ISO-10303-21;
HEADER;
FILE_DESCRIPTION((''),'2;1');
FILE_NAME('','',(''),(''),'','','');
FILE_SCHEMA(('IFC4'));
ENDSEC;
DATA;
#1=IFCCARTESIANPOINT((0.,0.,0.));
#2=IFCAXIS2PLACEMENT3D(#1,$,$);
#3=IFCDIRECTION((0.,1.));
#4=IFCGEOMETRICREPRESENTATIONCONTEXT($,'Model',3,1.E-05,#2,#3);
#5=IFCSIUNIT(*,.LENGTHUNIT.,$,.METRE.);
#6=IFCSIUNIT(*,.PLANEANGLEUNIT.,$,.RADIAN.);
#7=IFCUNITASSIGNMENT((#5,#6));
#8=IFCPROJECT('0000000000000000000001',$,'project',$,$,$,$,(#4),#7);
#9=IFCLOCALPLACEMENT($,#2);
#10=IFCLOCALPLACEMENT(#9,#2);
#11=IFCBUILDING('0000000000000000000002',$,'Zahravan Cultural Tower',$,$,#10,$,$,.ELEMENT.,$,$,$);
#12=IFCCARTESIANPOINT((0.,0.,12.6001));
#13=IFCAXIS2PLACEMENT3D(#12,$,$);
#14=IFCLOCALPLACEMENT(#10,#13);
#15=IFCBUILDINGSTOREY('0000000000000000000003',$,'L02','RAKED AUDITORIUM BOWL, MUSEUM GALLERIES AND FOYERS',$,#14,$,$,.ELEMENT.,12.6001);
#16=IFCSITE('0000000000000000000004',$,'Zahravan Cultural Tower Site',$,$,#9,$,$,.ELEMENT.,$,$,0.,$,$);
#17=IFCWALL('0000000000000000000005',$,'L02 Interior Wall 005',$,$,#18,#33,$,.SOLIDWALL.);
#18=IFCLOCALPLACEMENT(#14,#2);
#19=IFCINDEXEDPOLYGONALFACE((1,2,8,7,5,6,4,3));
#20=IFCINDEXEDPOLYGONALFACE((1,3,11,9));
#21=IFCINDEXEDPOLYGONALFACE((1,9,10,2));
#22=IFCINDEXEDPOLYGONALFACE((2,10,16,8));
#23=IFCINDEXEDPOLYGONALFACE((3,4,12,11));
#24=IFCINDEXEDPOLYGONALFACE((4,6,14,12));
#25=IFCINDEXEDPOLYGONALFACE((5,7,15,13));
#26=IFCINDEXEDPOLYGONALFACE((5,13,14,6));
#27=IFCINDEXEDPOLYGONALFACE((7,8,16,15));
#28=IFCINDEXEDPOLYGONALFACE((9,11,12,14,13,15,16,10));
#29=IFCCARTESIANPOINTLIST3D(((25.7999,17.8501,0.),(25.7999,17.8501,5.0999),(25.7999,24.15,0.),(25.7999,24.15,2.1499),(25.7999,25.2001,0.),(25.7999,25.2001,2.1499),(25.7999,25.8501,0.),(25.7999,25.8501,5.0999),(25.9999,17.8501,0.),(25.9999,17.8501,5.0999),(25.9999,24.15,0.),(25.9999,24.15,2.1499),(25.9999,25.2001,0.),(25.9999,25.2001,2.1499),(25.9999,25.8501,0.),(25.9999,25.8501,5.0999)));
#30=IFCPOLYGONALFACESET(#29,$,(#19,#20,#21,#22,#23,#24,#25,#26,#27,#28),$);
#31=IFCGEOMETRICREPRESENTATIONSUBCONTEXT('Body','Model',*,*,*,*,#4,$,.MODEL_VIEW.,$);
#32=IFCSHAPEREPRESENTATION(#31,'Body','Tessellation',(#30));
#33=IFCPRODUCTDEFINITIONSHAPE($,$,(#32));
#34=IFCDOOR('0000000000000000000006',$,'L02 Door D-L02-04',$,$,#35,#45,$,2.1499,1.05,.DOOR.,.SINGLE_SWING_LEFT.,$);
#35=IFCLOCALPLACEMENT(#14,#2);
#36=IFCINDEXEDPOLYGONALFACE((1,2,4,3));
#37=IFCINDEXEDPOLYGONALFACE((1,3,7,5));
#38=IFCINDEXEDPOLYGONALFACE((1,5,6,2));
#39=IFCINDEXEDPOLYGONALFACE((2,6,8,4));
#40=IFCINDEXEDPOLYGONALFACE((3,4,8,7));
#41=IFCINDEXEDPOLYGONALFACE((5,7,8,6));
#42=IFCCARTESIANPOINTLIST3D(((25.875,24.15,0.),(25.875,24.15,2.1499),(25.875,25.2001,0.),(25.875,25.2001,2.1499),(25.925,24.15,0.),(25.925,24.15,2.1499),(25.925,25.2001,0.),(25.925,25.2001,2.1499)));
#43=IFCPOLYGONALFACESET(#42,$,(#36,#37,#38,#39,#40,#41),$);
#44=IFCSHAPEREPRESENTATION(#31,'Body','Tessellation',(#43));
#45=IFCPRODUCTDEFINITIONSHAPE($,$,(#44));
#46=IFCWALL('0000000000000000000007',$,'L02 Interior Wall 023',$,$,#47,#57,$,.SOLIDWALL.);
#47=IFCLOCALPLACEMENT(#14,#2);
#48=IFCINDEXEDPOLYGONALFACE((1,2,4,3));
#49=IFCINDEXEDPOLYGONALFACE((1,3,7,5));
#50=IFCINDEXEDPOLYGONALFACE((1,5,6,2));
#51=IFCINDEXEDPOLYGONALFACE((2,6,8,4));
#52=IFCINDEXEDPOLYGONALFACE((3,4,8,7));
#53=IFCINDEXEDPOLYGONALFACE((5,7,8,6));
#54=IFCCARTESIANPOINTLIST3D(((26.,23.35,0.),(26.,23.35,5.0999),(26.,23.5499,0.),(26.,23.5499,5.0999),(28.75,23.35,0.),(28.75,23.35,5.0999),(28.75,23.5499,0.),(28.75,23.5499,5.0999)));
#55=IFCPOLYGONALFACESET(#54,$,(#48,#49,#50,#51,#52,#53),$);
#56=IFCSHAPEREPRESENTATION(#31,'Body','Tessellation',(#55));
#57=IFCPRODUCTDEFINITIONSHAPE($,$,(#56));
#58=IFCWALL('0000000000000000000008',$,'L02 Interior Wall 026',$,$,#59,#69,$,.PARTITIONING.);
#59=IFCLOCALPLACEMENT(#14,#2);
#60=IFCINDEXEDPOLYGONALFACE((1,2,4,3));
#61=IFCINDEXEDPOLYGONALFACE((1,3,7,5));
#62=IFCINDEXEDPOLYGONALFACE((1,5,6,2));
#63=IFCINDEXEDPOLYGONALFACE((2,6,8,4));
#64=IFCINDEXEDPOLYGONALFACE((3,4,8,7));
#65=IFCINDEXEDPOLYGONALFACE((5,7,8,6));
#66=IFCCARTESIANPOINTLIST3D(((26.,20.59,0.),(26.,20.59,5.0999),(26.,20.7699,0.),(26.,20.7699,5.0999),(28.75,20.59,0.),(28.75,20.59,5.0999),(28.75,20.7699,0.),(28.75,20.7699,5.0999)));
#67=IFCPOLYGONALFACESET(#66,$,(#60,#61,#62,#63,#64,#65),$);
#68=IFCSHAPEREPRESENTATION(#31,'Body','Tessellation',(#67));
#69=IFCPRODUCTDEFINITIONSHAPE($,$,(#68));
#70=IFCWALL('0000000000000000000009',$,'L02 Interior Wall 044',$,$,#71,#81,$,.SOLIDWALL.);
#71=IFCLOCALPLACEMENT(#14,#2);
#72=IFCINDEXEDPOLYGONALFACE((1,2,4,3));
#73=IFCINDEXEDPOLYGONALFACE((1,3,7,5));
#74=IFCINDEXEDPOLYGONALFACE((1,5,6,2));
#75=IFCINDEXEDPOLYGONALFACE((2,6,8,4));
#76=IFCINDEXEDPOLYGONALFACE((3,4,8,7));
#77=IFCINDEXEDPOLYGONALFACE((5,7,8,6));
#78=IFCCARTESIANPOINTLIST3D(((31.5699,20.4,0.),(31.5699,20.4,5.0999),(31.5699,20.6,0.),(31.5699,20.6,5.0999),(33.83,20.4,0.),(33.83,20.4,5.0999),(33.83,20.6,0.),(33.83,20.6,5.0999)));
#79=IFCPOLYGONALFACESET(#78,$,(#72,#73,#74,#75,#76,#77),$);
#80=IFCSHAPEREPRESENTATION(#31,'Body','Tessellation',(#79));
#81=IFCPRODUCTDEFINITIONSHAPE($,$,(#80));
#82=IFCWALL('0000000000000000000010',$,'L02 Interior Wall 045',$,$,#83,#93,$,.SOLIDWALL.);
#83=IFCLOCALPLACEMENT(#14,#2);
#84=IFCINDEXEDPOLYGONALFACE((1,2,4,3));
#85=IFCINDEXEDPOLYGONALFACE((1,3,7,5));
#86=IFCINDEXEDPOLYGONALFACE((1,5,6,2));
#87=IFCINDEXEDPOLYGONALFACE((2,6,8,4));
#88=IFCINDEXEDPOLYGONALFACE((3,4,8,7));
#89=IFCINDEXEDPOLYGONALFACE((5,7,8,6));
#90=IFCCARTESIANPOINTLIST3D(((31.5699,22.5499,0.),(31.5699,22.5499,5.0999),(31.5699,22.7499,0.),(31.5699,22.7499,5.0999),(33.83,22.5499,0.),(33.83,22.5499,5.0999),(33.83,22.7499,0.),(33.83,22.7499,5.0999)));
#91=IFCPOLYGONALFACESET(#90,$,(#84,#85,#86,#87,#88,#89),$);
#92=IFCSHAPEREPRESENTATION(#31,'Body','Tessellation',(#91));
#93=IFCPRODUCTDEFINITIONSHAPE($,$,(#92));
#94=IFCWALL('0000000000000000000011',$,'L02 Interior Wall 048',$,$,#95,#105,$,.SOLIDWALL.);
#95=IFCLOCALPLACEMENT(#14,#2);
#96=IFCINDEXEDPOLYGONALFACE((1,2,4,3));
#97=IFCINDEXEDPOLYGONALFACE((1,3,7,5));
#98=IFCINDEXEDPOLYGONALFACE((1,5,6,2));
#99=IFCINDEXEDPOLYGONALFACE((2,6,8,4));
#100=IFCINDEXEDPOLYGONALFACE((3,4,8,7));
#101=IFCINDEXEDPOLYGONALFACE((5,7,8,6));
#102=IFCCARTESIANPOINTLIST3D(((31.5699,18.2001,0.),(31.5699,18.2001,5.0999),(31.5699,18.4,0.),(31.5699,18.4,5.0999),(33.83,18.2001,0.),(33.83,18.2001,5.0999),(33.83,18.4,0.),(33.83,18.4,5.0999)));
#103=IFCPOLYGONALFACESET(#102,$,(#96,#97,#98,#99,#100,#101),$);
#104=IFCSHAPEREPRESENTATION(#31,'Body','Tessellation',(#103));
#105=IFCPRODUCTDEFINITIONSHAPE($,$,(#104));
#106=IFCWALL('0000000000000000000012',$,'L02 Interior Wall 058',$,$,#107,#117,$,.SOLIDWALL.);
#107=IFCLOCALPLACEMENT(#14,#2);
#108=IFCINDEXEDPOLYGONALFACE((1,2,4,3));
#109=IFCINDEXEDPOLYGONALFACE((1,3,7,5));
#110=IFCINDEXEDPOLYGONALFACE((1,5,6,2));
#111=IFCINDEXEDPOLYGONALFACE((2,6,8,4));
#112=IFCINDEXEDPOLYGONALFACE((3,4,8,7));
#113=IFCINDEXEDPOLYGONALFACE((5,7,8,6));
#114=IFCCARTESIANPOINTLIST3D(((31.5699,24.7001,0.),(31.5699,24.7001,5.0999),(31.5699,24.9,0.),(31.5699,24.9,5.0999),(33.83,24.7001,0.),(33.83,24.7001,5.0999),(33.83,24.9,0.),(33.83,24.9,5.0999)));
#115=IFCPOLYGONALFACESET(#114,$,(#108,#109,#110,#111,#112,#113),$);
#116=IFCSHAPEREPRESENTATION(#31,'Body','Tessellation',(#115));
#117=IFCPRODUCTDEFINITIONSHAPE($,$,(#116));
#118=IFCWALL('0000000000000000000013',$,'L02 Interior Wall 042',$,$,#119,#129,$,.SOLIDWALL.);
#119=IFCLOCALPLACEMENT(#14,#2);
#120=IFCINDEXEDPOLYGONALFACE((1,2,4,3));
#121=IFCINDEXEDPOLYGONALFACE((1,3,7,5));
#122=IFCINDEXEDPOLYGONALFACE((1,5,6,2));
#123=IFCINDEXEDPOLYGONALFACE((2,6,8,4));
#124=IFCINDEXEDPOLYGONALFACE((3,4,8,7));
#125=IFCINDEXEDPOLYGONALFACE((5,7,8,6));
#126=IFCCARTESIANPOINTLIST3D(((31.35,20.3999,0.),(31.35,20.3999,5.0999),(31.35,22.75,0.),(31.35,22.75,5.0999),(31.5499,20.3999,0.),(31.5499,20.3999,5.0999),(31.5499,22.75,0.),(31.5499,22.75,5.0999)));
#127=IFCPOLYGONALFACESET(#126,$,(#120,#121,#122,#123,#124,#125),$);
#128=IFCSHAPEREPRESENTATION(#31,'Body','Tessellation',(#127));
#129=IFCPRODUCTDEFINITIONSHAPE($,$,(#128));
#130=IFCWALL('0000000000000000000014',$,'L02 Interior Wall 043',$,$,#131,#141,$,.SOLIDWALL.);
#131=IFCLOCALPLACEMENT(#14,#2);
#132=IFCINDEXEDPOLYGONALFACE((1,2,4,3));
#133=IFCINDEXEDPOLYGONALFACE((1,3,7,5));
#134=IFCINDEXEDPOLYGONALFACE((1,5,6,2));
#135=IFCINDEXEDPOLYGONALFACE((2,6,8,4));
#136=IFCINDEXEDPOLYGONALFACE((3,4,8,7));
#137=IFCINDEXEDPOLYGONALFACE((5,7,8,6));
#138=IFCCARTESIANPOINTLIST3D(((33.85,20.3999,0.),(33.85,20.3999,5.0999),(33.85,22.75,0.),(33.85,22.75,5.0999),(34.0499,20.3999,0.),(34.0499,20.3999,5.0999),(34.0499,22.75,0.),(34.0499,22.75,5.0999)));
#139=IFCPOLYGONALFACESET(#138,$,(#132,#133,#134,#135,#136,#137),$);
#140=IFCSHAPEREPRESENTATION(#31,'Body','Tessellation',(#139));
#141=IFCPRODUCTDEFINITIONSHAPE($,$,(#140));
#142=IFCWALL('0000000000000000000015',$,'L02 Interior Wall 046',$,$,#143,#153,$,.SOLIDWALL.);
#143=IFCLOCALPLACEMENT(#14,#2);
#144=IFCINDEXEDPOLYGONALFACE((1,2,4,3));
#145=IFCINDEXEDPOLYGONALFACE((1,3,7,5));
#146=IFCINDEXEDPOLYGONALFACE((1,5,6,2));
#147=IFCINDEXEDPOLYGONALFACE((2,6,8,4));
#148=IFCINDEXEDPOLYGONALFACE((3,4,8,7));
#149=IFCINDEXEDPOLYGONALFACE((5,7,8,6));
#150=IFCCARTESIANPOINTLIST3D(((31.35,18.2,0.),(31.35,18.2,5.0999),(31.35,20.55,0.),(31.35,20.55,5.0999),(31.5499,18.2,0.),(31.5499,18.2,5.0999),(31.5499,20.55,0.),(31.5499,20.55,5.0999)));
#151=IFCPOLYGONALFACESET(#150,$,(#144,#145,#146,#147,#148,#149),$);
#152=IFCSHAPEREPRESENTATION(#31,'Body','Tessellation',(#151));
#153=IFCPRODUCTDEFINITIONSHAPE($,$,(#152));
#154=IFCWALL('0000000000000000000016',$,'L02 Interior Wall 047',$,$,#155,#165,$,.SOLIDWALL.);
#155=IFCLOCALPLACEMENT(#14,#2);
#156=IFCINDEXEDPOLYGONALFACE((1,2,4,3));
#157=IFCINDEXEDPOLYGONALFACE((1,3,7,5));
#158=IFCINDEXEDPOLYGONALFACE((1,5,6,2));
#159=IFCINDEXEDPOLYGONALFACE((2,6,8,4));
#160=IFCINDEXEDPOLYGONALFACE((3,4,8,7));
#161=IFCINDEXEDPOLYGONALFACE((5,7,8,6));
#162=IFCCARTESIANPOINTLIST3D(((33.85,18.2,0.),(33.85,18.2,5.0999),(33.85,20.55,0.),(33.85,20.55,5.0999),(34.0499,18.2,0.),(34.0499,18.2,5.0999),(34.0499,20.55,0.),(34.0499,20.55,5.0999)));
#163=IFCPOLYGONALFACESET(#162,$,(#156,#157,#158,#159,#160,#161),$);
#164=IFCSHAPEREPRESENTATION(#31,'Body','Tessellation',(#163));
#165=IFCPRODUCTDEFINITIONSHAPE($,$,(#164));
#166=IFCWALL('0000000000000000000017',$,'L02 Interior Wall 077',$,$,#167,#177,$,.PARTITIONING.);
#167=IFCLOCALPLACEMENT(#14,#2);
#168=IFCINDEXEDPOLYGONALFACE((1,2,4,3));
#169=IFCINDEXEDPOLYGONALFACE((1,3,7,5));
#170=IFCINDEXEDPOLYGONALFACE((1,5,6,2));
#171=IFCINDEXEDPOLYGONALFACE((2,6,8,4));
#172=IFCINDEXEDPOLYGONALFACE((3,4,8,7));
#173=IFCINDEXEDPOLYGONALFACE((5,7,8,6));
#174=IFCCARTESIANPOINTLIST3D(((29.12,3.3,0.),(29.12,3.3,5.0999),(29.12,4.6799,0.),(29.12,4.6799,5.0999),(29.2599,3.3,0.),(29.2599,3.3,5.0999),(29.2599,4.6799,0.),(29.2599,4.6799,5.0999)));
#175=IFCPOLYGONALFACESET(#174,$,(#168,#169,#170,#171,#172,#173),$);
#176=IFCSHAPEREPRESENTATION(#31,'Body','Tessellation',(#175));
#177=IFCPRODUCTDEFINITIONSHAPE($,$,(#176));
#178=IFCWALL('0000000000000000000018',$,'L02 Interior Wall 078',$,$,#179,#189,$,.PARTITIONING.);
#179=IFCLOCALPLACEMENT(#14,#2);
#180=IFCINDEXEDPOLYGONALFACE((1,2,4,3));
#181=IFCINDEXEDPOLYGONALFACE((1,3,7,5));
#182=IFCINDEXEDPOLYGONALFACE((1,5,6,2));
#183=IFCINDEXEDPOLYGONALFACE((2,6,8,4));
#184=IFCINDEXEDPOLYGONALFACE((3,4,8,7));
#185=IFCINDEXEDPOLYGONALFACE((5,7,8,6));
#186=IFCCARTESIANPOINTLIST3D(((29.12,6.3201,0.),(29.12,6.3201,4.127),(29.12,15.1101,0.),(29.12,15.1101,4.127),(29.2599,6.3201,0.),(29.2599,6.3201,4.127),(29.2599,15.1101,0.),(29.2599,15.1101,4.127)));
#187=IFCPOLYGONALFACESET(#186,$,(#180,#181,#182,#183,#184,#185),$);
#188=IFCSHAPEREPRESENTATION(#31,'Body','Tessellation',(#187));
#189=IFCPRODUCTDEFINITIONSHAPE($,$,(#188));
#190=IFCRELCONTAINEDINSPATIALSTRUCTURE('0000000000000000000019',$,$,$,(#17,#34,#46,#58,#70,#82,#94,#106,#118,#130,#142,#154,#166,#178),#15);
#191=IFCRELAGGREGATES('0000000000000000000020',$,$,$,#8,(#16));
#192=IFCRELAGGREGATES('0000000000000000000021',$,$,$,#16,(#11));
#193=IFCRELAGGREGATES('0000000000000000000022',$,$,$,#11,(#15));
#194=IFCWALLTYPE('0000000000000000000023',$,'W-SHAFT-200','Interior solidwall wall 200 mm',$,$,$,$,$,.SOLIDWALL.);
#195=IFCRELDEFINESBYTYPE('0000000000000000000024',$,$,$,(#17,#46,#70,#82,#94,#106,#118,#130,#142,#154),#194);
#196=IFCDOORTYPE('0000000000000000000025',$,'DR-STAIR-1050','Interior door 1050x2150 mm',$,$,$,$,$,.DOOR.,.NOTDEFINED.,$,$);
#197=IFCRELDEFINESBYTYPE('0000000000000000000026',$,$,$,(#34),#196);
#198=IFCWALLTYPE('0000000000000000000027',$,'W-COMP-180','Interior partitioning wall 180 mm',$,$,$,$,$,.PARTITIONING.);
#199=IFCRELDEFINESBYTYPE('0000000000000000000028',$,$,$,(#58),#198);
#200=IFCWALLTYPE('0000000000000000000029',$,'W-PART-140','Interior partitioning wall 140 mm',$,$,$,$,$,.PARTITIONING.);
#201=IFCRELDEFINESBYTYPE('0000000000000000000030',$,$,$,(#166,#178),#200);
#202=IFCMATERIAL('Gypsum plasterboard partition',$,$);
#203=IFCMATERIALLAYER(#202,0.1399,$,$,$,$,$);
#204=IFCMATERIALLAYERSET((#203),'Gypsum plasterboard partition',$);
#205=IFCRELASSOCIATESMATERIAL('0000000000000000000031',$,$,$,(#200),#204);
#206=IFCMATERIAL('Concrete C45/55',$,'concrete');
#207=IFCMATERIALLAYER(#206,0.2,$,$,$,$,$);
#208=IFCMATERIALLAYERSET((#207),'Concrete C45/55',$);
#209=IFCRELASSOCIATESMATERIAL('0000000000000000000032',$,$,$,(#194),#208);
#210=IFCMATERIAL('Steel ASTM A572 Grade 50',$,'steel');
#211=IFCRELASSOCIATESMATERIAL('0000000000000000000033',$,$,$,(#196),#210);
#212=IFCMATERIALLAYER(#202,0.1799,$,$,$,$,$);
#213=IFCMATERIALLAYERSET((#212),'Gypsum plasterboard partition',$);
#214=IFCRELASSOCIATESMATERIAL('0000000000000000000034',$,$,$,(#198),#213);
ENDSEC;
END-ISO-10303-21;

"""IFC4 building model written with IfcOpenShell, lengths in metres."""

from ifc_helpers import new_model, si_unit, direction, frame, frame_2d, origin, place, context, subcontext, project, spatial, rectangle, extrude, source, transform, mapped, material, layer, layer_set, type_object, element, fill, save


model = new_model("IFC4")

# Units and contexts
model_context = context("Model", 3, precision=1e-05, world=origin(), true_north=direction((0.0, 1.0)))
body_context = subcontext(model_context, "Body", "Model", "MODEL_VIEW")
ifc_project = project(units=[si_unit("LENGTHUNIT", "METRE"), si_unit("PLANEANGLEUNIT", "RADIAN")], contexts=[model_context])

# Site, building, storey
site_placement = place(None, origin())
site = spatial("IfcSite", under=ifc_project, at=site_placement, Name="Zahravan Cultural Tower Site", CompositionType="ELEMENT", RefElevation=0.0)
building_placement = place(site_placement, origin())
building = spatial("IfcBuilding", under=site, at=building_placement, Name="Zahravan Cultural Tower", CompositionType="ELEMENT")
storey_placement = place(building_placement, frame((0.0, 0.0, 12.6001)))
storey = spatial("IfcBuildingStorey", under=building, at=storey_placement, Name="L02", Description="RAKED AUDITORIUM BOWL, MUSEUM GALLERIES AND FOYERS", CompositionType="ELEMENT", Elevation=12.6001)

# Shared definitions
ifc_material_1 = material(Name="Steel ASTM A572 Grade 50", Category="steel")

# Wall, opening, door
ifc_material_2 = material(Name="Gypsum plasterboard partition")
ifc_layer_1 = layer(ifc_material_2, 0.1399)
ifc_layer_set_1 = layer_set([ifc_layer_1], Name="Gypsum plasterboard partition")
wall_type_1 = type_object("IfcWallType", Name="W-PART-140", Description="Interior partitioning wall 140 mm", PredefinedType="PARTITIONING", material=ifc_layer_set_1)
ifc_material_3 = material(Name="Concrete C45/55", Category="concrete")
ifc_layer_2 = layer(ifc_material_3, 0.2)
ifc_layer_set_2 = layer_set([ifc_layer_2], Name="Concrete C45/55")
wall_type_2 = type_object("IfcWallType", Name="W-SHAFT-200", Description="Interior solidwall wall 200 mm", PredefinedType="SOLIDWALL", material=ifc_layer_set_2)
wall_1_placement = place(storey_placement, frame((25.8999, 17.8501, 0.0), z_axis=(0.0, 0.0, 1.0), x_axis=(0.0, 1.0, 0.0)))
wall_1 = element("IfcWall", 1, at=wall_1_placement, inside=storey, type_object=wall_type_2, Name="L02 Interior Wall 005", PredefinedType="SOLIDWALL", context=body_context, shape_type="SweptSolid", body=[
    extrude(rectangle(XDim=8.0, YDim=0.2, at=frame_2d((4.0, 0.0))), origin(), (0.0, 0.0, 1.0), 5.0999),
])
opening_1_placement = place(wall_1_placement, frame((6.3, 0.0, 0.0)))
opening_1 = element("IfcOpeningElement", 2, at=opening_1_placement, cuts=wall_1, PredefinedType="OPENING", context=body_context, shape_type="SweptSolid", body=[
    extrude(rectangle(XDim=1.05, YDim=2.1499, at=frame_2d((0.5249, 1.075))), frame((0.0, 0.1099, 0.0), z_axis=(0.0, -1.0, 0.0), x_axis=(1.0, 0.0, 0.0)), (0.0, 0.0, 1.0), 0.22),
])
door_type_1 = type_object("IfcDoorType", Name="DR-STAIR-1050", Description="Interior door 1050x2150 mm", OperationType="NOTDEFINED", PredefinedType="DOOR", material=ifc_material_1)
shared_shape_1 = source(origin(), body_context, "Body", "SweptSolid", [
    extrude(rectangle(XDim=1.05, YDim=2.1499, at=frame_2d((0.5249, 1.075))), frame((0.0, 0.0249, 0.0), z_axis=(0.0, -1.0, 0.0), x_axis=(1.0, 0.0, 0.0)), (0.0, 0.0, 1.0), 0.05),
])
door_1_placement = place(opening_1_placement, origin())
door_1 = element("IfcDoor", 3, at=door_1_placement, inside=storey, type_object=door_type_1, Name="L02 Door D-L02-04", OperationType="SINGLE_SWING_LEFT", OverallHeight=2.1499, OverallWidth=1.05, PredefinedType="DOOR", context=body_context, shape_type="MappedRepresentation", body=[
    mapped(shared_shape_1, transform((0.0, 0.0, 0.0), x_axis=(1.0, 0.0, 0.0), y_axis=(0.0, 1.0, 0.0), z_axis=(0.0, 0.0, 1.0), scale=1.0)),
])
fill(opening_1, door_1)

# Walls
shared_shape_2 = source(origin(), body_context, "Body", "SweptSolid", [
    extrude(rectangle(XDim=2.75, YDim=0.2, at=frame_2d((1.375, 0.0))), origin(), (0.0, 0.0, 1.0), 5.0999),
])
wall_2_placement = place(storey_placement, frame((26.0, 23.45, 0.0), z_axis=(0.0, 0.0, 1.0), x_axis=(1.0, 0.0, 0.0)))
element("IfcWall", 4, at=wall_2_placement, inside=storey, type_object=wall_type_2, Name="L02 Interior Wall 023", PredefinedType="SOLIDWALL", context=body_context, shape_type="MappedRepresentation", body=[
    mapped(shared_shape_2, transform((0.0, 0.0, 0.0), x_axis=(1.0, 0.0, 0.0), y_axis=(0.0, 1.0, 0.0), z_axis=(0.0, 0.0, 1.0), scale=1.0)),
])
ifc_layer_3 = layer(ifc_material_2, 0.1799)
ifc_layer_set_3 = layer_set([ifc_layer_3], Name="Gypsum plasterboard partition")
wall_type_3 = type_object("IfcWallType", Name="W-COMP-180", Description="Interior partitioning wall 180 mm", PredefinedType="PARTITIONING", material=ifc_layer_set_3)
shared_shape_3 = source(origin(), body_context, "Body", "SweptSolid", [
    extrude(rectangle(XDim=2.75, YDim=0.1799, at=frame_2d((1.375, 0.0))), origin(), (0.0, 0.0, 1.0), 5.0999),
])
wall_3_placement = place(storey_placement, frame((26.0, 20.6799, 0.0), z_axis=(0.0, 0.0, 1.0), x_axis=(1.0, 0.0, 0.0)))
element("IfcWall", 5, at=wall_3_placement, inside=storey, type_object=wall_type_3, Name="L02 Interior Wall 026", PredefinedType="PARTITIONING", context=body_context, shape_type="MappedRepresentation", body=[
    mapped(shared_shape_3, transform((0.0, 0.0, 0.0), x_axis=(1.0, 0.0, 0.0), y_axis=(0.0, 1.0, 0.0), z_axis=(0.0, 0.0, 1.0), scale=1.0)),
])
shared_shape_4 = source(origin(), body_context, "Body", "SweptSolid", [
    extrude(rectangle(XDim=2.26, YDim=0.2, at=frame_2d((1.1299, 0.0))), origin(), (0.0, 0.0, 1.0), 5.0999),
])
for number, where, z_axis, x_axis, name in (
    (6, (31.5701, 20.5, 0.0), (0.0, 0.0, 1.0), (1.0, 0.0, 0.0), "L02 Interior Wall 044"),
    (7, (31.5701, 22.6499, 0.0), (0.0, 0.0, 1.0), (1.0, 0.0, 0.0), "L02 Interior Wall 045"),
    (8, (31.5701, 18.3, 0.0), (0.0, 0.0, 1.0), (1.0, 0.0, 0.0), "L02 Interior Wall 048"),
    (9, (31.5701, 24.8, 0.0), (0.0, 0.0, 1.0), (1.0, 0.0, 0.0), "L02 Interior Wall 058"),
):
    element("IfcWall", number, at=place(storey_placement, frame(where, z_axis=z_axis, x_axis=x_axis)), inside=storey, type_object=wall_type_2, Name=name, PredefinedType="SOLIDWALL", context=body_context, shape_type="MappedRepresentation", body=[
        mapped(shared_shape_4, transform((0.0, 0.0, 0.0), x_axis=(1.0, 0.0, 0.0), y_axis=(0.0, 1.0, 0.0), z_axis=(0.0, 0.0, 1.0), scale=1.0)),
    ])
shared_shape_5 = source(origin(), body_context, "Body", "SweptSolid", [
    extrude(rectangle(XDim=2.3501, YDim=0.2, at=frame_2d((1.175, 0.0))), origin(), (0.0, 0.0, 1.0), 5.0999),
])
for number, where, z_axis, x_axis, name in (
    (10, (31.45, 20.3999, 0.0), (0.0, 0.0, 1.0), (0.0, 1.0, 0.0), "L02 Interior Wall 042"),
    (11, (33.95, 20.3999, 0.0), (0.0, 0.0, 1.0), (0.0, 1.0, 0.0), "L02 Interior Wall 043"),
    (12, (31.45, 18.2, 0.0), (0.0, 0.0, 1.0), (0.0, 1.0, 0.0), "L02 Interior Wall 046"),
    (13, (33.95, 18.2, 0.0), (0.0, 0.0, 1.0), (0.0, 1.0, 0.0), "L02 Interior Wall 047"),
):
    element("IfcWall", number, at=place(storey_placement, frame(where, z_axis=z_axis, x_axis=x_axis)), inside=storey, type_object=wall_type_2, Name=name, PredefinedType="SOLIDWALL", context=body_context, shape_type="MappedRepresentation", body=[
        mapped(shared_shape_5, transform((0.0, 0.0, 0.0), x_axis=(1.0, 0.0, 0.0), y_axis=(0.0, 1.0, 0.0), z_axis=(0.0, 0.0, 1.0), scale=1.0)),
    ])
shared_shape_6 = source(origin(), body_context, "Body", "SweptSolid", [
    extrude(rectangle(XDim=1.3799, YDim=0.1399, at=frame_2d((0.6899, 0.0))), origin(), (0.0, 0.0, 1.0), 5.0999),
])
wall_4_placement = place(storey_placement, frame((29.1899, 3.3, 0.0), z_axis=(0.0, 0.0, 1.0), x_axis=(0.0, 1.0, 0.0)))
element("IfcWall", 14, at=wall_4_placement, inside=storey, type_object=wall_type_1, Name="L02 Interior Wall 077", PredefinedType="PARTITIONING", context=body_context, shape_type="MappedRepresentation", body=[
    mapped(shared_shape_6, transform((0.0, 0.0, 0.0), x_axis=(1.0, 0.0, 0.0), y_axis=(0.0, 1.0, 0.0), z_axis=(0.0, 0.0, 1.0), scale=1.0)),
])
shared_shape_7 = source(origin(), body_context, "Body", "SweptSolid", [
    extrude(rectangle(XDim=8.79, YDim=0.1399, at=frame_2d((4.395, 0.0))), origin(), (0.0, 0.0, 1.0), 4.127),
])
wall_5_placement = place(storey_placement, frame((29.1899, 6.3201, 0.0), z_axis=(0.0, 0.0, 1.0), x_axis=(0.0, 1.0, 0.0)))
element("IfcWall", 15, at=wall_5_placement, inside=storey, type_object=wall_type_1, Name="L02 Interior Wall 078", PredefinedType="PARTITIONING", context=body_context, shape_type="MappedRepresentation", body=[
    mapped(shared_shape_7, transform((0.0, 0.0, 0.0), x_axis=(1.0, 0.0, 0.0), y_axis=(0.0, 1.0, 0.0), z_axis=(0.0, 0.0, 1.0), scale=1.0)),
])

save(model, "model.ifc")
